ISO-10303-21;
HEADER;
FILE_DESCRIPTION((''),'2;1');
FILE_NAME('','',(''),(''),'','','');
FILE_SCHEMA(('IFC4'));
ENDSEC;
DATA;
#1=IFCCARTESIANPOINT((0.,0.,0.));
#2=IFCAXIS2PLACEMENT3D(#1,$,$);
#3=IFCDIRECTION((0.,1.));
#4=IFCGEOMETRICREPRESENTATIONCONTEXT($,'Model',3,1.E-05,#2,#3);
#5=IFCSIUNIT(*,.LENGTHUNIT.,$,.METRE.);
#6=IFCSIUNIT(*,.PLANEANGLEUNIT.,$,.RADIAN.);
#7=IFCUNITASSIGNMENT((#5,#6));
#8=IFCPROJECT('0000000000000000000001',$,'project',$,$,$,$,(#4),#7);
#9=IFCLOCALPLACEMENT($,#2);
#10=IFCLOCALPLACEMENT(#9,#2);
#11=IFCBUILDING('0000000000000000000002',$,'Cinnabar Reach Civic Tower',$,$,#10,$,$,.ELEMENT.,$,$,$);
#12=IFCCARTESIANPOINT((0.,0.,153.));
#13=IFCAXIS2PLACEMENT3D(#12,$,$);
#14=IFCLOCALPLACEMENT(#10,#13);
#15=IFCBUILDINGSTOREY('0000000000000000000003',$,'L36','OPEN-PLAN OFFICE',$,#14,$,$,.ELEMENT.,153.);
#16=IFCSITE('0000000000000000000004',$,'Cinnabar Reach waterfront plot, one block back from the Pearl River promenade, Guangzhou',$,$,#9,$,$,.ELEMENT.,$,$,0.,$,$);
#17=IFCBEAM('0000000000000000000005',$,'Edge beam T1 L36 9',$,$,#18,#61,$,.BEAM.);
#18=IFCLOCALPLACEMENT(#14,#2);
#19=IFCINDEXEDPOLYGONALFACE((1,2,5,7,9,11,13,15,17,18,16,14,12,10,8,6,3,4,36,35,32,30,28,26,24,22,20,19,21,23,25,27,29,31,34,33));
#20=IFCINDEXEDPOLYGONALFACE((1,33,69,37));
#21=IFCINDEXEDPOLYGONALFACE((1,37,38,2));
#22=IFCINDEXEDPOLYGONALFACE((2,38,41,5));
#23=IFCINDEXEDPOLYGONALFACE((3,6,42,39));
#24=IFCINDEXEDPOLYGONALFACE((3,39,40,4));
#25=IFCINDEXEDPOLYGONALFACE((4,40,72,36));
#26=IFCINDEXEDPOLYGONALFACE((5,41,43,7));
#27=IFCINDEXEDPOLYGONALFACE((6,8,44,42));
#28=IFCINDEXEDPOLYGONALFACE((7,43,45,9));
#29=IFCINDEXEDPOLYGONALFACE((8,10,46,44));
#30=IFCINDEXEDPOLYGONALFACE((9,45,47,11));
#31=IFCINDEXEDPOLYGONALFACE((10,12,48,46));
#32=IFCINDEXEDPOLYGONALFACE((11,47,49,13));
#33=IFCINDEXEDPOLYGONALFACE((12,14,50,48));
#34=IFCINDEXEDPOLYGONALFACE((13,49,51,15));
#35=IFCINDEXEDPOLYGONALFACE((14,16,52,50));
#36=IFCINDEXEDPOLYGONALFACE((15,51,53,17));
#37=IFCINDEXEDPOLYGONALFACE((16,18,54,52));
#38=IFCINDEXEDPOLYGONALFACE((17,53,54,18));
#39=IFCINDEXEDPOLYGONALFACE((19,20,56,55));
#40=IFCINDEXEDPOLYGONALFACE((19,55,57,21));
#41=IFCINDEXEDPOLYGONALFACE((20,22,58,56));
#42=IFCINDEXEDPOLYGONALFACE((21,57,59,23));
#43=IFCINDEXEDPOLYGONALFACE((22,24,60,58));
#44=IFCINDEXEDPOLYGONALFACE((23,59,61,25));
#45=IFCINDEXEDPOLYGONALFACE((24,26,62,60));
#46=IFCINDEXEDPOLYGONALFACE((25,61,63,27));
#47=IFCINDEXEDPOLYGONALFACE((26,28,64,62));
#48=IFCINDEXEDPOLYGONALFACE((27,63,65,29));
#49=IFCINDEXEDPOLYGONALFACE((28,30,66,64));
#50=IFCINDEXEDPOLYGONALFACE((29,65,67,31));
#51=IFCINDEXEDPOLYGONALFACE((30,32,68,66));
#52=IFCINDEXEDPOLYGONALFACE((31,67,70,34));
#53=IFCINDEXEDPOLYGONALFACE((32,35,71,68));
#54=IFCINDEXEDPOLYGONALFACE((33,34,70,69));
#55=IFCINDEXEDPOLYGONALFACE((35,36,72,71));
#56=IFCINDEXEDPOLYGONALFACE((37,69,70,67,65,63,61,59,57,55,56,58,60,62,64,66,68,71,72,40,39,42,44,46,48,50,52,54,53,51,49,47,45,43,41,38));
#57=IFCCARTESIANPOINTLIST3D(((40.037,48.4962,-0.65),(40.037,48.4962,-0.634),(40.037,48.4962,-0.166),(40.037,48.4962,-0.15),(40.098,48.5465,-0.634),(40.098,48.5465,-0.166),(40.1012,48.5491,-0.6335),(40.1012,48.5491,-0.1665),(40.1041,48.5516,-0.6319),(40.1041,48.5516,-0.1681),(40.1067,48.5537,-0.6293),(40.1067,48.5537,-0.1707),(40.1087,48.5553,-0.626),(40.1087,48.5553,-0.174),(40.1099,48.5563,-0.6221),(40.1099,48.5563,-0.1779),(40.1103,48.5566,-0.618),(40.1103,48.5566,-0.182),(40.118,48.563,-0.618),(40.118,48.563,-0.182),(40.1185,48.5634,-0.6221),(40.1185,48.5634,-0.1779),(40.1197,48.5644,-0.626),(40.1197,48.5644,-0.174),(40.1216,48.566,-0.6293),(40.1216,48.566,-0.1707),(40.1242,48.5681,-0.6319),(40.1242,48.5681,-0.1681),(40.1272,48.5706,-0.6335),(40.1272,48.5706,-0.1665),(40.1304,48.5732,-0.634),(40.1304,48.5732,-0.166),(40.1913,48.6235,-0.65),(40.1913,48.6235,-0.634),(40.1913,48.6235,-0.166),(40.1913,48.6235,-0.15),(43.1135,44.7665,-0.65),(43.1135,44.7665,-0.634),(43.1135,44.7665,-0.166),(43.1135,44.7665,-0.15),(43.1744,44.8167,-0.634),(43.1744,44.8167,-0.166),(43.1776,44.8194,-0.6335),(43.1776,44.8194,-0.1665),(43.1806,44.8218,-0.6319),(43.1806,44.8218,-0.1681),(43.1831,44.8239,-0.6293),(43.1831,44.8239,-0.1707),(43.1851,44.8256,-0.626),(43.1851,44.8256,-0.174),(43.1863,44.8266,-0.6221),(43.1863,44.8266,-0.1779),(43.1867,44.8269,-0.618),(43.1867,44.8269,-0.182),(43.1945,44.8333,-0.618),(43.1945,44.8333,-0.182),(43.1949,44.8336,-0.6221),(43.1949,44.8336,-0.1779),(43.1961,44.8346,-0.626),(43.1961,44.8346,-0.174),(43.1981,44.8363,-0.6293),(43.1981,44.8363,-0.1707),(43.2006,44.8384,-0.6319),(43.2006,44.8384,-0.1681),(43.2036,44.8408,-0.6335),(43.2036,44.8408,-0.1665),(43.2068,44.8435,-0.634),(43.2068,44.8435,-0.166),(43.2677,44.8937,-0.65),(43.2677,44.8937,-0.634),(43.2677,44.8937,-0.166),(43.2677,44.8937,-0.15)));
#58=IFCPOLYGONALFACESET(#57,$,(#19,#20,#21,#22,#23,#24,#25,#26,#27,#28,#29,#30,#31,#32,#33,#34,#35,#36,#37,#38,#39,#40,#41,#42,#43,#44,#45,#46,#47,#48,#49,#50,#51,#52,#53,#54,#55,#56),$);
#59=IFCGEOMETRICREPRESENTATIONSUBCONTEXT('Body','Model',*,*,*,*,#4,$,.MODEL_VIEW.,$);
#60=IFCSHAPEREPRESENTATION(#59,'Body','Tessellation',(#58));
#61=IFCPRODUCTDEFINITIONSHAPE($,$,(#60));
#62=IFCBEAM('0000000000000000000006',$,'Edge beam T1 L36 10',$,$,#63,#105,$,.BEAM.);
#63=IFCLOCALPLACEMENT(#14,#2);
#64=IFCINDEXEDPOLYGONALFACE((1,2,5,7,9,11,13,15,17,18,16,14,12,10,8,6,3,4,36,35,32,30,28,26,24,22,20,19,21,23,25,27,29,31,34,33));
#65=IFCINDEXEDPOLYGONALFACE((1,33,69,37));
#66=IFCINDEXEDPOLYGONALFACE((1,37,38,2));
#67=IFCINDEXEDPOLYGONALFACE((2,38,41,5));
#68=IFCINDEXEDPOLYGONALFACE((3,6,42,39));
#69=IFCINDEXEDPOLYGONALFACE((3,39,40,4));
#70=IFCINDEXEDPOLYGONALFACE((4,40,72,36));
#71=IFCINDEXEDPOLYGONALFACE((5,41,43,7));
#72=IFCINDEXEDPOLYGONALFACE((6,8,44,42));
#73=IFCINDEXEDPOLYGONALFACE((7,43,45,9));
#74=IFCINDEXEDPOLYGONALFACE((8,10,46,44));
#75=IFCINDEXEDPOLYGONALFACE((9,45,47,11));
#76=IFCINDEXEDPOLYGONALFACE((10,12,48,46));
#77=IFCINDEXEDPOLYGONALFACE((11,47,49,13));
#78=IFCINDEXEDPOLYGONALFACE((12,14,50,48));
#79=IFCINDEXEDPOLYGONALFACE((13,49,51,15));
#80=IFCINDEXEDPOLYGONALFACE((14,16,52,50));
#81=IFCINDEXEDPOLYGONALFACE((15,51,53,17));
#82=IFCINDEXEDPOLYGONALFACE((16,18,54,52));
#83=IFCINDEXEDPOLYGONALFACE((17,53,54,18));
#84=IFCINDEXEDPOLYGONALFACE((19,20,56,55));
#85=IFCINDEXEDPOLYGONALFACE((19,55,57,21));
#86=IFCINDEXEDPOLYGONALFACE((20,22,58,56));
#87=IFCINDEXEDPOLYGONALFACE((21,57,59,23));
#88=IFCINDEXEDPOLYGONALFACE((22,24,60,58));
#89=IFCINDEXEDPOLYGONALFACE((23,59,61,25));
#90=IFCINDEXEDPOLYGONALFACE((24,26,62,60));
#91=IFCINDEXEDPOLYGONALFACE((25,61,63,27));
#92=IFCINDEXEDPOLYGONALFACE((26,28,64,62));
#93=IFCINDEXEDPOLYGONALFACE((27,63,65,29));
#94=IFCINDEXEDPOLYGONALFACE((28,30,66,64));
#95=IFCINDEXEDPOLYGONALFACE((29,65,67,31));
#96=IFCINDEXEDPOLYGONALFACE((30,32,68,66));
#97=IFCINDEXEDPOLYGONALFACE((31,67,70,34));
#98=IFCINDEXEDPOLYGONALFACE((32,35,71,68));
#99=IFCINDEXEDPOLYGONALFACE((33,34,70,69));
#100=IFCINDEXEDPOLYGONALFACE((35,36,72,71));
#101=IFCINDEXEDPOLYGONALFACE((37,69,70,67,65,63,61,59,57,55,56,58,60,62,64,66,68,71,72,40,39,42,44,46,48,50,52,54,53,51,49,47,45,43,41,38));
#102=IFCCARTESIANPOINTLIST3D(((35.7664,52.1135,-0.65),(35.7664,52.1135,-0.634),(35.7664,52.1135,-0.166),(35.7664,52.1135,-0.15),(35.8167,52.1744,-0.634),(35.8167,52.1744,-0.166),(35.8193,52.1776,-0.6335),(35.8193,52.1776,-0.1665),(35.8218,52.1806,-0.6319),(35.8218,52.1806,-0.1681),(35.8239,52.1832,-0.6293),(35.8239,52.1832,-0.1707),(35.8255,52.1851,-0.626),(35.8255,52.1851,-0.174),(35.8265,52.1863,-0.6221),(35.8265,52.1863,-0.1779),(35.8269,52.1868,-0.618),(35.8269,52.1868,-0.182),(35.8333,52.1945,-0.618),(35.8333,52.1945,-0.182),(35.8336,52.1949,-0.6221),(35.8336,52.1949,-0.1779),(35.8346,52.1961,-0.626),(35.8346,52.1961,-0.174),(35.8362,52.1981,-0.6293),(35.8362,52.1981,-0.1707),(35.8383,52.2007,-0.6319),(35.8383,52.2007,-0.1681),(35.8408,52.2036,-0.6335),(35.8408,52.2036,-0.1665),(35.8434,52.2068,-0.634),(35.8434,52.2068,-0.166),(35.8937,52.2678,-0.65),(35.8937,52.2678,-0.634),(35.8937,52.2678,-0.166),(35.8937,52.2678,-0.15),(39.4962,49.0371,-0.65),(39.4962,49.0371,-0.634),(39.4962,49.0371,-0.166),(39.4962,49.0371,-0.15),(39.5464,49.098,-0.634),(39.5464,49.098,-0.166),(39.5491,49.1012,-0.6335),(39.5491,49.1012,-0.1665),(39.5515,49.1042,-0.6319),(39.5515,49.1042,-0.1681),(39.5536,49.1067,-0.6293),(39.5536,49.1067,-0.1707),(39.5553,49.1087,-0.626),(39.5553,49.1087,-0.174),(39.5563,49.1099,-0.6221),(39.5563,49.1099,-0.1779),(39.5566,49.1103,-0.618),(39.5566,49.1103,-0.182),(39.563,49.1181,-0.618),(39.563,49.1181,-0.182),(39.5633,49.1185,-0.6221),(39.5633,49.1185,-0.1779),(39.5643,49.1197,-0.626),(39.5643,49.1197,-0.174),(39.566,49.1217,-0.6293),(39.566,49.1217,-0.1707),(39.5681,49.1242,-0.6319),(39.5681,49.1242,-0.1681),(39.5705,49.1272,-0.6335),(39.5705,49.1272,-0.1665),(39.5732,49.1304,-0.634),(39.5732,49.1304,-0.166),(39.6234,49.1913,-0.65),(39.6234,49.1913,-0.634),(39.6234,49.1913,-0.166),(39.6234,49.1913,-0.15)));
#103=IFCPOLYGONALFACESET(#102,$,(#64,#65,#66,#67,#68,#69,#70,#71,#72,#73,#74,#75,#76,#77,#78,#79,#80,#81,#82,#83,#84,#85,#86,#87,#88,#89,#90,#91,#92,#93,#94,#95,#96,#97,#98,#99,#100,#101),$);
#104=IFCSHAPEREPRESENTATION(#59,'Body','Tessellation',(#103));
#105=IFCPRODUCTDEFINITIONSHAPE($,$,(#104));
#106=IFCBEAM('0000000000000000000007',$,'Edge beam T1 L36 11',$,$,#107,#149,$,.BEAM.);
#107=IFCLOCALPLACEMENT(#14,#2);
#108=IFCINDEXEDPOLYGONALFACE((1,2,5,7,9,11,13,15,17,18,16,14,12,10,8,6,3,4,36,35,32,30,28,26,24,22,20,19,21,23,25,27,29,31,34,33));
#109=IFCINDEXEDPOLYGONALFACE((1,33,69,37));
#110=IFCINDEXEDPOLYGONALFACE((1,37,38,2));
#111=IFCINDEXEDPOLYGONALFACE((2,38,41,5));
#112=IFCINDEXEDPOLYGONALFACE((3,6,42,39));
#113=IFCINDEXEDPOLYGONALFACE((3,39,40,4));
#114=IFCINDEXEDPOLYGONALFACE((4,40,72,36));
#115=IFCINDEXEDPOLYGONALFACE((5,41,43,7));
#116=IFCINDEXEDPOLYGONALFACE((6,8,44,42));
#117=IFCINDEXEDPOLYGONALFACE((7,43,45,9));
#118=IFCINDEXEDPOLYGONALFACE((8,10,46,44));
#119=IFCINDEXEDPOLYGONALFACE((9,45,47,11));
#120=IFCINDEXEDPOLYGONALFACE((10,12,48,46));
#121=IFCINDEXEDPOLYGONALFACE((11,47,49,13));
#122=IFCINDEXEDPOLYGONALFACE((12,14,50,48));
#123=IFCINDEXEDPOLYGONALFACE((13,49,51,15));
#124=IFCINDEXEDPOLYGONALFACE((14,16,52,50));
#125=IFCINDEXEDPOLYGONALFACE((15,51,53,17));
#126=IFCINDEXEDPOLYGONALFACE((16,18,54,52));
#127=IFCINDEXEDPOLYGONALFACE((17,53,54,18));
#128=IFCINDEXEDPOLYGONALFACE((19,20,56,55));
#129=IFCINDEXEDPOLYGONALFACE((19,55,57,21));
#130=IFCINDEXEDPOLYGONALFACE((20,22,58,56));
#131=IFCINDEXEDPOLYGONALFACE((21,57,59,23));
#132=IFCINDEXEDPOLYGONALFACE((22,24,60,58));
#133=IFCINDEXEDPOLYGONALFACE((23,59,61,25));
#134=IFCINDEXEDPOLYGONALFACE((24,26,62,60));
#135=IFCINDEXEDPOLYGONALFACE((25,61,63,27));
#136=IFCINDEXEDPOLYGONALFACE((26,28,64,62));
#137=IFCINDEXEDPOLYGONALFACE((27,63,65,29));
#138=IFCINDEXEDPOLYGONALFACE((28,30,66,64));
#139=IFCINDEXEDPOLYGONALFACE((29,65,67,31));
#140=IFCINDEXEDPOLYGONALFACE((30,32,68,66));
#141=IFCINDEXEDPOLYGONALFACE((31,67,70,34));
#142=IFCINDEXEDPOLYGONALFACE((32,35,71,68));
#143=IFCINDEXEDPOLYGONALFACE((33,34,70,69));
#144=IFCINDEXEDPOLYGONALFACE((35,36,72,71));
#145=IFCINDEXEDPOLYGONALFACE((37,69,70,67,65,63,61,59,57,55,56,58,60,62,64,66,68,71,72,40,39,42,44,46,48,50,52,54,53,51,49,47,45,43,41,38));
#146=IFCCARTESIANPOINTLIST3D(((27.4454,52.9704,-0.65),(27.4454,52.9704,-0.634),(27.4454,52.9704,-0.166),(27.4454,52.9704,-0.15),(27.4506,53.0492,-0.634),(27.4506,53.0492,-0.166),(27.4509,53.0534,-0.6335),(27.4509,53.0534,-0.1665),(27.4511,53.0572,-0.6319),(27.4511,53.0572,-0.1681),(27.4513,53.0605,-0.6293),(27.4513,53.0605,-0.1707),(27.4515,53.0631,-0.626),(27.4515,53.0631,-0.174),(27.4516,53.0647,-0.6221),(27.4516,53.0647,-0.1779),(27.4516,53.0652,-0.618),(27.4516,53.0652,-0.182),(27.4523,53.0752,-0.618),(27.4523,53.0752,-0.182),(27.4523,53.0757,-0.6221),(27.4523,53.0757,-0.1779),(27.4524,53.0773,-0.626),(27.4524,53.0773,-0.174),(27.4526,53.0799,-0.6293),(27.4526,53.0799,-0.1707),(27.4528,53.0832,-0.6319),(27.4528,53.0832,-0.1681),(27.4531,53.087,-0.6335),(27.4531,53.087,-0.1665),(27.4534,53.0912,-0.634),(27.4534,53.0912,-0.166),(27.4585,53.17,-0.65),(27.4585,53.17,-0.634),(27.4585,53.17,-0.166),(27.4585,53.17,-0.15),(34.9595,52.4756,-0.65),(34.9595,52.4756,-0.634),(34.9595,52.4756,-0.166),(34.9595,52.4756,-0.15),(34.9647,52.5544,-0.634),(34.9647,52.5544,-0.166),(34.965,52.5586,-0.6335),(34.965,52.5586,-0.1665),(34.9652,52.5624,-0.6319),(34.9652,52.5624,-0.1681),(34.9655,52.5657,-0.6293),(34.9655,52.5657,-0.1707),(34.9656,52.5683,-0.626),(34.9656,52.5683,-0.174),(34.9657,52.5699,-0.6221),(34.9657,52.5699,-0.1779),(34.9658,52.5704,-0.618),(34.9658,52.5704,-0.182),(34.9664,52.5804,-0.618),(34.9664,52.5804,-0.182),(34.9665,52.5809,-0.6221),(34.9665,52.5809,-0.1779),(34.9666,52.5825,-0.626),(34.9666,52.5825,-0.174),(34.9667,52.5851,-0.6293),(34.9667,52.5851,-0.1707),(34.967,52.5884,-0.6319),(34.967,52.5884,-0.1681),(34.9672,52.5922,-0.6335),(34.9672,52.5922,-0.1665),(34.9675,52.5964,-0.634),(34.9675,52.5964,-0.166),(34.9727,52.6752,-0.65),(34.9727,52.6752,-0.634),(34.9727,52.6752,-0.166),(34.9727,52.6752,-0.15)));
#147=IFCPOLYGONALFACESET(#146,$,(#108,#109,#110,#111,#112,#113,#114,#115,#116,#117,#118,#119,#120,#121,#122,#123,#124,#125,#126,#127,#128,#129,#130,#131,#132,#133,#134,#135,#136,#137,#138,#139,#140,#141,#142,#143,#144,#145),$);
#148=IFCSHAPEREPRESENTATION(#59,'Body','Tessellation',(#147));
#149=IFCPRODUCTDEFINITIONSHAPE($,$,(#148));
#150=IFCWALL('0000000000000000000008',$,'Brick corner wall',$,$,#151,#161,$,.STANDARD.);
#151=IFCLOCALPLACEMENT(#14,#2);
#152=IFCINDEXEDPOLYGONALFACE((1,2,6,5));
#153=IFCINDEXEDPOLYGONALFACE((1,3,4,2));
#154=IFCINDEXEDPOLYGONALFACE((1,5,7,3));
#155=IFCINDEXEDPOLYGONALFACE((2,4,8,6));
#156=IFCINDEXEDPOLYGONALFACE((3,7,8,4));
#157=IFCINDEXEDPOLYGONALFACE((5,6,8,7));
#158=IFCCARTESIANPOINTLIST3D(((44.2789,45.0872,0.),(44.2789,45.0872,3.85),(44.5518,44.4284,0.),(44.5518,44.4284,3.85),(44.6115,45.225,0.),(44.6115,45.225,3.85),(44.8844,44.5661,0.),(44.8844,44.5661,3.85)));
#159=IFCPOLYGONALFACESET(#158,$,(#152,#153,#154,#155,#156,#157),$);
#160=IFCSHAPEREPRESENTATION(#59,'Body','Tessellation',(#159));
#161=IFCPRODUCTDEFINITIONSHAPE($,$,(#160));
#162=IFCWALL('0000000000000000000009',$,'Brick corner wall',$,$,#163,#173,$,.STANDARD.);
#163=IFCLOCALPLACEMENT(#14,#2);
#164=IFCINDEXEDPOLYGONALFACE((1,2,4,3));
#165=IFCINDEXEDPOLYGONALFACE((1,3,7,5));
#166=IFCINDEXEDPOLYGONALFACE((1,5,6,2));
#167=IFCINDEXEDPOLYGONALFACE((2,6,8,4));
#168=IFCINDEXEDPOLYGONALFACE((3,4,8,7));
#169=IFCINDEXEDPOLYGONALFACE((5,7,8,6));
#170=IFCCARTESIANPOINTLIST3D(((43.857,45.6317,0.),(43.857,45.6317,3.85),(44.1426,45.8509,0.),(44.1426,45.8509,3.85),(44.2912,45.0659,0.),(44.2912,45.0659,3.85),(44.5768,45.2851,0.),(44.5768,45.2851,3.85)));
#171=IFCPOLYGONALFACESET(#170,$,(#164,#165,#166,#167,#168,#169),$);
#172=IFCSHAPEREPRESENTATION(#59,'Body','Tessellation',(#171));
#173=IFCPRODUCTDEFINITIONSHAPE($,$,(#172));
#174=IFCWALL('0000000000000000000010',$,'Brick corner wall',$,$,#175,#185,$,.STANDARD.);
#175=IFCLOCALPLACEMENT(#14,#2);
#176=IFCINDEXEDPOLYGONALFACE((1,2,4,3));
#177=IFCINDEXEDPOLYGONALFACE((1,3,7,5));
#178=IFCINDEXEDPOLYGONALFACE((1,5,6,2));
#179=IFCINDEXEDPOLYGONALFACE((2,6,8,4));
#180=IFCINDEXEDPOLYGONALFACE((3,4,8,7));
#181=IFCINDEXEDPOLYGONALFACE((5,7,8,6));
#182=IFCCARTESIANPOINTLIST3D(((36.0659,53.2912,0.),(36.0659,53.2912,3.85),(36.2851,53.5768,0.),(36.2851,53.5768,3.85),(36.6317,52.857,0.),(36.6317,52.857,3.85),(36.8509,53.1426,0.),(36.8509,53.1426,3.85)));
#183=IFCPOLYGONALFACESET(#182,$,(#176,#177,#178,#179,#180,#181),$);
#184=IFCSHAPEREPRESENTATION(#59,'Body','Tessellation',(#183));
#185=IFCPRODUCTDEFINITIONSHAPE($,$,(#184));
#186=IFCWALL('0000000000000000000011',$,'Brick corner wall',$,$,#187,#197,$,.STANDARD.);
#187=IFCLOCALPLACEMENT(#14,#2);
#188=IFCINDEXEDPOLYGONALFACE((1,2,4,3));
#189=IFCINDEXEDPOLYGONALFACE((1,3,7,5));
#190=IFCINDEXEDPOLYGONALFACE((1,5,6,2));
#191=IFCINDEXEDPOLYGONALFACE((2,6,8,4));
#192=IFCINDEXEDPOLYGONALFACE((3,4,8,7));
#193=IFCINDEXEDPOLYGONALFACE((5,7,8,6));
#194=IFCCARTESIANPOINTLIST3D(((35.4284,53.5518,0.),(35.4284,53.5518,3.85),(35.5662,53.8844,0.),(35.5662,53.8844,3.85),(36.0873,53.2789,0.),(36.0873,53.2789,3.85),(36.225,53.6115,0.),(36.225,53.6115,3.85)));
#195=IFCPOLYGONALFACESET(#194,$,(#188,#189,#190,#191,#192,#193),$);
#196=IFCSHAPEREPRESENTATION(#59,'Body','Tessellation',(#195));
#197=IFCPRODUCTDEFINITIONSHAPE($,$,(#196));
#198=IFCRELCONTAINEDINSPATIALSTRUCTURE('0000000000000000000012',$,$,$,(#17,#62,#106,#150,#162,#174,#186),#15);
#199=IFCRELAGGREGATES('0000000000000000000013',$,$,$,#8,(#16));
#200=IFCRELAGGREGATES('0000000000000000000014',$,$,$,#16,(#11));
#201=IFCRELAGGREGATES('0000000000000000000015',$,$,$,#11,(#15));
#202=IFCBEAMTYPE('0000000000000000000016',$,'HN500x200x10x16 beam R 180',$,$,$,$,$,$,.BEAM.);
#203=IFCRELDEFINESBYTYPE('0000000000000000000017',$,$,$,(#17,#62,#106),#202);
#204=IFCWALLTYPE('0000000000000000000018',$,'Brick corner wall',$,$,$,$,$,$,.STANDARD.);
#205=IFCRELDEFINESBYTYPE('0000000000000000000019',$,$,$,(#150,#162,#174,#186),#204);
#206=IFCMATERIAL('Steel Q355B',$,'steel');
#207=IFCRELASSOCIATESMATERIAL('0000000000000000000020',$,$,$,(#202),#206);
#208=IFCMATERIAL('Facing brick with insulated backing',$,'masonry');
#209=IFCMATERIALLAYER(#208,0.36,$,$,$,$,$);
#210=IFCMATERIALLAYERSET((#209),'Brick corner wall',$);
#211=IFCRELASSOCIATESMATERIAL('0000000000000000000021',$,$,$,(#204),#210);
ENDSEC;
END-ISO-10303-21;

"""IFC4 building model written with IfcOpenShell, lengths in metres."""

from ifc_helpers import new_model, si_unit, direction, frame, frame_2d, origin, origin_2d, place, context, subcontext, project, spatial, rectangle, i_section, extrude, material, layer, layer_set, material_profile, profile_set, type_object, element, save


model = new_model("IFC4")

# Units and contexts
model_context = context("Model", 3, precision=1e-05, world=origin(), true_north=direction((0.0, 1.0)))
body_context = subcontext(model_context, "Body", "Model", "MODEL_VIEW")
ifc_project = project(units=[si_unit("LENGTHUNIT", "METRE"), si_unit("PLANEANGLEUNIT", "RADIAN")], contexts=[model_context])

# Site, building, storey
site_placement = place(None, origin())
site = spatial("IfcSite", under=ifc_project, at=site_placement, Name="Cinnabar Reach waterfront plot, one block back from the Pearl River promenade, Guangzhou", CompositionType="ELEMENT", RefElevation=0.0)
building_placement = place(site_placement, origin())
building = spatial("IfcBuilding", under=site, at=building_placement, Name="Cinnabar Reach Civic Tower", CompositionType="ELEMENT")
storey_placement = place(building_placement, frame((0.0, 0.0, 153.0)))
storey = spatial("IfcBuildingStorey", under=building, at=storey_placement, Name="L36", Description="OPEN-PLAN OFFICE", CompositionType="ELEMENT", Elevation=153.0)

# Beams
ifc_material_1 = material(Name="Steel Q355B", Category="steel")
ifc_material_profile_1 = material_profile(ifc_material_1, i_section(OverallWidth=0.2, OverallDepth=0.5, WebThickness=0.01, FlangeThickness=0.016, FilletRadius=0.016, at=origin_2d()), Name="HN500x200x10x16")
ifc_profile_set_1 = profile_set([ifc_material_profile_1], Name="Steel Q355B")
beam_type_1 = type_object("IfcBeamType", Name="HN500x200x10x16 beam R 180", PredefinedType="BEAM", material=ifc_profile_set_1)
for number, where, z_axis, x_axis, name in (
    (1, (43.1906, 44.8301, -0.4), (-0.636309, 0.771434, 0.0), (-0.771434, -0.636309, 0.0), "Edge beam T1 L36 9"),
    (2, (39.5598, 49.1142, -0.4), (-0.771434, 0.636309, 0.0), (-0.636309, -0.771434, 0.0), "Edge beam T1 L36 10"),
):
    element("IfcBeam", number, at=place(storey_placement, frame(where, z_axis=z_axis, x_axis=x_axis)), inside=storey, type_object=beam_type_1, Name=name, PredefinedType="BEAM", context=body_context, shape_type="SweptSolid", body=[
        extrude(i_section(OverallWidth=0.2, OverallDepth=0.5, WebThickness=0.01, FlangeThickness=0.016, FilletRadius=0.016, at=origin_2d()), origin(), (0.0, 0.0, 1.0), 4.8348),
    ])
beam_1_placement = place(storey_placement, frame((34.9661, 52.5754, -0.4), z_axis=(-0.997839, 0.065707, 0.0), x_axis=(-0.065707, -0.997839, 0.0)))
element("IfcBeam", 3, at=beam_1_placement, inside=storey, type_object=beam_type_1, Name="Edge beam T1 L36 11", PredefinedType="BEAM", context=body_context, shape_type="SweptSolid", body=[
    extrude(i_section(OverallWidth=0.2, OverallDepth=0.5, WebThickness=0.01, FlangeThickness=0.016, FilletRadius=0.016, at=origin_2d()), origin(), (0.0, 0.0, 1.0), 7.5304),
])

# Walls
ifc_material_2 = material(Name="Facing brick with insulated backing", Category="masonry")
ifc_layer_1 = layer(ifc_material_2, 0.36)
ifc_layer_set_1 = layer_set([ifc_layer_1], Name="Brick corner wall")
wall_type_1 = type_object("IfcWallType", Name="Brick corner wall", PredefinedType="STANDARD", material=ifc_layer_set_1)
wall_1_placement = place(storey_placement, frame((44.7181, 44.4973, 0.0), z_axis=(0.0, 0.0, 1.0), x_axis=(-0.382703, 0.923872, 0.0)))
element("IfcWall", 4, at=wall_1_placement, inside=storey, type_object=wall_type_1, Name="Brick corner wall", PredefinedType="STANDARD", context=body_context, shape_type="SweptSolid", body=[
    extrude(rectangle(XDim=0.7131, YDim=0.36, at=frame_2d((0.3565, 0.0))), origin(), (0.0, 0.0, 1.0), 3.85),
])
for number, where, z_axis, x_axis, name in (
    (5, (44.434, 45.1755, 0.0), (0.0, 0.0, 1.0), (-0.608802, 0.793322, 0.0), "Brick corner wall"),
    (6, (36.7413, 52.9998, 0.0), (0.0, 0.0, 1.0), (-0.793322, 0.608802, 0.0), "Brick corner wall"),
):
    element("IfcWall", number, at=place(storey_placement, frame(where, z_axis=z_axis, x_axis=x_axis)), inside=storey, type_object=wall_type_1, Name=name, PredefinedType="STANDARD", context=body_context, shape_type="SweptSolid", body=[
        extrude(rectangle(XDim=0.7132, YDim=0.36, at=frame_2d((0.3566, 0.0))), origin(), (0.0, 0.0, 1.0), 3.85),
    ])
for number, where, z_axis, x_axis, name in (
    (7, (36.1561, 53.4452, 0.0), (0.0, 0.0, 1.0), (-0.923872, 0.382703, 0.0), "Brick corner wall"),
):
    element("IfcWall", number, at=place(storey_placement, frame(where, z_axis=z_axis, x_axis=x_axis)), inside=storey, type_object=wall_type_1, Name=name, PredefinedType="STANDARD", context=body_context, shape_type="SweptSolid", body=[
        extrude(rectangle(XDim=0.7131, YDim=0.36, at=frame_2d((0.3565, 0.0))), origin(), (0.0, 0.0, 1.0), 3.85),
    ])

save(model, "model.ifc")
